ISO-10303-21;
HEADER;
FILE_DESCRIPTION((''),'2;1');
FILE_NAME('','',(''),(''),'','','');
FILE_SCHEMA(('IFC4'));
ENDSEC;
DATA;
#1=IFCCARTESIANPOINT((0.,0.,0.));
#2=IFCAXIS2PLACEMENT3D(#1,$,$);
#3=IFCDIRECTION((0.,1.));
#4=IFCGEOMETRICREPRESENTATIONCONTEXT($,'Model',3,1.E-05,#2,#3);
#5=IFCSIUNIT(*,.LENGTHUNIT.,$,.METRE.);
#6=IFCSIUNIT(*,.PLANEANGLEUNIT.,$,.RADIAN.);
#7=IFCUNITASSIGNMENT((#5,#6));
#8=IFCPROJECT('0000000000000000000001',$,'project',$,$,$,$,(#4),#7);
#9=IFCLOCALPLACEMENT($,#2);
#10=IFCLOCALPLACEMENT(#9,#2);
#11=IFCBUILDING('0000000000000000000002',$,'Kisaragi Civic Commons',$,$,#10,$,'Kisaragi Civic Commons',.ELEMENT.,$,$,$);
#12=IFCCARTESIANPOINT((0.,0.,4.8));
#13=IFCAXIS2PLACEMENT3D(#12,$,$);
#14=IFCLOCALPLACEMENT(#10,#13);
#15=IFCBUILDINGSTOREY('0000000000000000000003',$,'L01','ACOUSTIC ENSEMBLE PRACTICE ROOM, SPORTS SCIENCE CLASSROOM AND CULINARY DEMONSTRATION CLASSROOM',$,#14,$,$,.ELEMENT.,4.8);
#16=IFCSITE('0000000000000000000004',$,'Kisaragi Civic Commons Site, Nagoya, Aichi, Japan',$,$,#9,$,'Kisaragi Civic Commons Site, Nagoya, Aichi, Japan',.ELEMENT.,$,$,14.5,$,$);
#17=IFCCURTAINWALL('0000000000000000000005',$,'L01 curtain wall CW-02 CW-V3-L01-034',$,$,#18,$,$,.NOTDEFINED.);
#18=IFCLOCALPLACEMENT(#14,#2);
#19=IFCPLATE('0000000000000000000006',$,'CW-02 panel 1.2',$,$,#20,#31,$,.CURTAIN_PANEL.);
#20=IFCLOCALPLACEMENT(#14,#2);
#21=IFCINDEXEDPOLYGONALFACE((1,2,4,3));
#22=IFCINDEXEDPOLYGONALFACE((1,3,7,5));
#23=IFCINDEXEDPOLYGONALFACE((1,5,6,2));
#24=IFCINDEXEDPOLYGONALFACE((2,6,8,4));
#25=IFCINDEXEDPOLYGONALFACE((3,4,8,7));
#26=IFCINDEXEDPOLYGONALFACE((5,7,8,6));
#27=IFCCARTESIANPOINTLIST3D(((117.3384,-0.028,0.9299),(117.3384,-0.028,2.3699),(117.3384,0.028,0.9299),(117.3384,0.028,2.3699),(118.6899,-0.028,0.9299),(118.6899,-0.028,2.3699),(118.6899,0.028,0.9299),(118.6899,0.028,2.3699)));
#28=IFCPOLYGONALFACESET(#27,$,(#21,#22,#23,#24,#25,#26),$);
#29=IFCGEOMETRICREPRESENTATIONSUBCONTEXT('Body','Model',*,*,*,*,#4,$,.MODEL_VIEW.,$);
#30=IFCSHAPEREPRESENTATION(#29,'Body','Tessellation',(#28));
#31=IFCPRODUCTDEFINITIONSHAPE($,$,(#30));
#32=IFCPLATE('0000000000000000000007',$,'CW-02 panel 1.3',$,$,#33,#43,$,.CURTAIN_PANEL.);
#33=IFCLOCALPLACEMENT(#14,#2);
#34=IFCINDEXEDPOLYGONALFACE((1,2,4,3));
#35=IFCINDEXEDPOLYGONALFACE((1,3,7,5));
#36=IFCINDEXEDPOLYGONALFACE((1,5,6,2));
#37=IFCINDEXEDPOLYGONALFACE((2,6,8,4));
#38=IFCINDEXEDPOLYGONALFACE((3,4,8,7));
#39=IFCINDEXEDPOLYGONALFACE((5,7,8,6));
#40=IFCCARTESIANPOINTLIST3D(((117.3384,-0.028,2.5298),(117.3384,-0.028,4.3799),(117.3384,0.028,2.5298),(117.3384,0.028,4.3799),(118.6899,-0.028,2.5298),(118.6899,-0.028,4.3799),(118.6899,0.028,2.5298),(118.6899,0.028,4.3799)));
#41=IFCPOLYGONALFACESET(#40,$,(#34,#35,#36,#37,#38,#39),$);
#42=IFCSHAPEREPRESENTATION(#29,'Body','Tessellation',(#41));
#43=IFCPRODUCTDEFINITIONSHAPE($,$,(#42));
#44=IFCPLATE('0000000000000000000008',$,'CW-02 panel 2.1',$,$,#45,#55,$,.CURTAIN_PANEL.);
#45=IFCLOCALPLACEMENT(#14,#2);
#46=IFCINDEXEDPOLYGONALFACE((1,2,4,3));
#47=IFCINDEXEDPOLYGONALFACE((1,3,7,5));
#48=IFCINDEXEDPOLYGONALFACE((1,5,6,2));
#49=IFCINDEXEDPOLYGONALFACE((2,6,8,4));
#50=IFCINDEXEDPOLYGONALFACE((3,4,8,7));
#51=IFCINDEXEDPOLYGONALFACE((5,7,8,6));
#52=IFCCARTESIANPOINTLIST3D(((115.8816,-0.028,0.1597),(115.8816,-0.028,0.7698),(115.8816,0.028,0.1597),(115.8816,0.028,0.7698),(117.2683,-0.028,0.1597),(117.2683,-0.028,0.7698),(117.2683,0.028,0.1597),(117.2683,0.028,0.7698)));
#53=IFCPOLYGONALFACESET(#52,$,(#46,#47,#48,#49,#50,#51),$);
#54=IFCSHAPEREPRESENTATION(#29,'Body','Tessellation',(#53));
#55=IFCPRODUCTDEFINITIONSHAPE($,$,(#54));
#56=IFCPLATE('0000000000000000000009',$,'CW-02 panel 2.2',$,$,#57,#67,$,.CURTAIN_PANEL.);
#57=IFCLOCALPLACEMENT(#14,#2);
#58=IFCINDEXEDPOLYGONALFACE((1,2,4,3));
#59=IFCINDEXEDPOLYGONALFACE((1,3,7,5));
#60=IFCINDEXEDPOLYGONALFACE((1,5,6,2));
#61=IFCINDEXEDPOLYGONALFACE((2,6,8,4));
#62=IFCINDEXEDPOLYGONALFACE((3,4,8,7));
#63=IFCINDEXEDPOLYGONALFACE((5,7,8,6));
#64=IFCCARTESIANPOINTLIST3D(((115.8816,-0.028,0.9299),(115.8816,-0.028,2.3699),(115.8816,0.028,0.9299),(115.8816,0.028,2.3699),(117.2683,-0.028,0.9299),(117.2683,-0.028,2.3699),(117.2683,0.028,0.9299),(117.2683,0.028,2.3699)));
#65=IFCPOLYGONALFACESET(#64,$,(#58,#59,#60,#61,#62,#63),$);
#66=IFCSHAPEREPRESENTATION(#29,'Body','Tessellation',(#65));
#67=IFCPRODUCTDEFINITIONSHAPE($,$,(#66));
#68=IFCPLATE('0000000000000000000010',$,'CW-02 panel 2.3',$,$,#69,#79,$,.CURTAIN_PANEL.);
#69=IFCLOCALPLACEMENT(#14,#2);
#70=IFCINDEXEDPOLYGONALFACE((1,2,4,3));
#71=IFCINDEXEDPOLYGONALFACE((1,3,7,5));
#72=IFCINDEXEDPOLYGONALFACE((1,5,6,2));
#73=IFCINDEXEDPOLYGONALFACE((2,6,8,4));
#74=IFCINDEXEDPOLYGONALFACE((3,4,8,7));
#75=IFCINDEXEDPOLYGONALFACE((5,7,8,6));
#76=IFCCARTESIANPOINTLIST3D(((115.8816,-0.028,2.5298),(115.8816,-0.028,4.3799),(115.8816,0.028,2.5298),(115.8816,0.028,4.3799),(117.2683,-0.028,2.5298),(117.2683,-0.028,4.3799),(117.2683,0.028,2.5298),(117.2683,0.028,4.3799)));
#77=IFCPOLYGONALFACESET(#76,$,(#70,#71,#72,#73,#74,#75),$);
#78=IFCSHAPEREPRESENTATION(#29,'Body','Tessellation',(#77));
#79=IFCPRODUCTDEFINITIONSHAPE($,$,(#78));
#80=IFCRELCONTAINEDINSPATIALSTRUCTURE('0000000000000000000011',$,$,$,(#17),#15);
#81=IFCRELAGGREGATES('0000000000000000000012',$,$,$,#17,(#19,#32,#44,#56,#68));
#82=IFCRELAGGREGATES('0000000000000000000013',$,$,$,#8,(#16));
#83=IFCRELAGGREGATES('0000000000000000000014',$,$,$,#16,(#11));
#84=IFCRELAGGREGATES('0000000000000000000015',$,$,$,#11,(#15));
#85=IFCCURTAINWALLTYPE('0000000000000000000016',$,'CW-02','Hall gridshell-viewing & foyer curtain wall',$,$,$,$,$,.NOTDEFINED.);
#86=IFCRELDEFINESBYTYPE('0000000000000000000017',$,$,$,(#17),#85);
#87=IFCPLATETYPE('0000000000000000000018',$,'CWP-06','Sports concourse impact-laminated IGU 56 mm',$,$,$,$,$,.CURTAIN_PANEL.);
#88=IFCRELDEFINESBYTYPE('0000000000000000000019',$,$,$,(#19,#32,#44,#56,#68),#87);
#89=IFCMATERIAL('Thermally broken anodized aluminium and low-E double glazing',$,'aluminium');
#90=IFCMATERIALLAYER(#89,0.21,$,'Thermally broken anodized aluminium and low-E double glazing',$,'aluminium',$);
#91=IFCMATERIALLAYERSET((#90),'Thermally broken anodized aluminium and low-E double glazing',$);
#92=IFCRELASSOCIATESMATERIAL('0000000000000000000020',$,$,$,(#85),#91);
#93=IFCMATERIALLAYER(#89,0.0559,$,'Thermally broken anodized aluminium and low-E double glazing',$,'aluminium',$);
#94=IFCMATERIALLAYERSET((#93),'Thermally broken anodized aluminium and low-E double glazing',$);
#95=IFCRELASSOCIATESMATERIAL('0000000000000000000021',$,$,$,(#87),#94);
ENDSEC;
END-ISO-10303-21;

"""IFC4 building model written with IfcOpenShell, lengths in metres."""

from ifc_helpers import new_model, si_unit, direction, frame, origin, origin_2d, place, context, subcontext, project, spatial, rectangle, extrude, material, layer, layer_set, type_object, element, aggregate, save


model = new_model("IFC4")

# Units and contexts
model_context = context("Model", 3, precision=1e-05, world=origin(), true_north=direction((0.0, 1.0)))
body_context = subcontext(model_context, "Body", "Model", "MODEL_VIEW")
ifc_project = project(units=[si_unit("LENGTHUNIT", "METRE"), si_unit("PLANEANGLEUNIT", "RADIAN")], contexts=[model_context])

# Site, building, storey
site_placement = place(None, origin())
site = spatial("IfcSite", under=ifc_project, at=site_placement, Name="Kisaragi Civic Commons Site, Nagoya, Aichi, Japan", LongName="Kisaragi Civic Commons Site, Nagoya, Aichi, Japan", CompositionType="ELEMENT", RefElevation=14.5)
building_placement = place(site_placement, origin())
building = spatial("IfcBuilding", under=site, at=building_placement, Name="Kisaragi Civic Commons", LongName="Kisaragi Civic Commons", CompositionType="ELEMENT")
storey_placement = place(building_placement, frame((0.0, 0.0, 4.8)))
storey = spatial("IfcBuildingStorey", under=building, at=storey_placement, Name="L01", Description="ACOUSTIC ENSEMBLE PRACTICE ROOM, SPORTS SCIENCE CLASSROOM AND CULINARY DEMONSTRATION CLASSROOM", CompositionType="ELEMENT", Elevation=4.8)

# Shared definitions
ifc_material = material(Name="Thermally broken anodized aluminium and low-E double glazing", Category="aluminium")
ifc_layer_1 = layer(ifc_material, 0.21, Name="Thermally broken anodized aluminium and low-E double glazing", Category="aluminium")
ifc_layer_set_1 = layer_set([ifc_layer_1], Name="Thermally broken anodized aluminium and low-E double glazing")
curtain_wall_type = type_object("IfcCurtainWallType", Name="CW-02", Description="Hall gridshell-viewing & foyer curtain wall", PredefinedType="NOTDEFINED", material=ifc_layer_set_1)

# Curtain wall
curtain_wall_1_placement = place(storey_placement, origin())
curtain_wall_1 = element("IfcCurtainWall", 1, at=curtain_wall_1_placement, inside=storey, type_object=curtain_wall_type, Name="L01 curtain wall CW-02 CW-V3-L01-034", PredefinedType="NOTDEFINED")

# Plates
ifc_layer_2 = layer(ifc_material, 0.0559, Name="Thermally broken anodized aluminium and low-E double glazing", Category="aluminium")
ifc_layer_set_2 = layer_set([ifc_layer_2], Name="Thermally broken anodized aluminium and low-E double glazing")
plate_type_1 = type_object("IfcPlateType", Name="CWP-06", Description="Sports concourse impact-laminated IGU 56 mm", PredefinedType="CURTAIN_PANEL", material=ifc_layer_set_2)
plate_1_placement = place(storey_placement, frame((118.0142, 0.0, 0.9299), z_axis=(0.0, 0.0, 1.0), x_axis=(-1.0, 0.0, 0.0)))
plate_1 = element("IfcPlate", 2, at=plate_1_placement, type_object=plate_type_1, Name="CW-02 panel 1.2", PredefinedType="CURTAIN_PANEL", context=body_context, shape_type="SweptSolid", body=[
    extrude(rectangle(XDim=1.3516, YDim=0.0559, at=origin_2d()), origin(), (0.0, 0.0, 1.0), 1.4399),
])
plate_2_placement = place(storey_placement, frame((118.0142, 0.0, 2.5298), z_axis=(0.0, 0.0, 1.0), x_axis=(-1.0, 0.0, 0.0)))
plate_2 = element("IfcPlate", 3, at=plate_2_placement, type_object=plate_type_1, Name="CW-02 panel 1.3", PredefinedType="CURTAIN_PANEL", context=body_context, shape_type="SweptSolid", body=[
    extrude(rectangle(XDim=1.3516, YDim=0.0559, at=origin_2d()), origin(), (0.0, 0.0, 1.0), 1.8501),
])
plate_3_placement = place(storey_placement, frame((116.575, 0.0, 0.1597), z_axis=(0.0, 0.0, 1.0), x_axis=(-1.0, 0.0, 0.0)))
plate_3 = element("IfcPlate", 4, at=plate_3_placement, type_object=plate_type_1, Name="CW-02 panel 2.1", PredefinedType="CURTAIN_PANEL", context=body_context, shape_type="SweptSolid", body=[
    extrude(rectangle(XDim=1.3867, YDim=0.0559, at=origin_2d()), origin(), (0.0, 0.0, 1.0), 0.6101),
])
plate_4_placement = place(storey_placement, frame((116.575, 0.0, 0.9299), z_axis=(0.0, 0.0, 1.0), x_axis=(-1.0, 0.0, 0.0)))
plate_4 = element("IfcPlate", 5, at=plate_4_placement, type_object=plate_type_1, Name="CW-02 panel 2.2", PredefinedType="CURTAIN_PANEL", context=body_context, shape_type="SweptSolid", body=[
    extrude(rectangle(XDim=1.3867, YDim=0.0559, at=origin_2d()), origin(), (0.0, 0.0, 1.0), 1.4399),
])
plate_5_placement = place(storey_placement, frame((116.575, 0.0, 2.5298), z_axis=(0.0, 0.0, 1.0), x_axis=(-1.0, 0.0, 0.0)))
plate_5 = element("IfcPlate", 6, at=plate_5_placement, type_object=plate_type_1, Name="CW-02 panel 2.3", PredefinedType="CURTAIN_PANEL", context=body_context, shape_type="SweptSolid", body=[
    extrude(rectangle(XDim=1.3867, YDim=0.0559, at=origin_2d()), origin(), (0.0, 0.0, 1.0), 1.8501),
])
aggregate(curtain_wall_1, [plate_1, plate_2, plate_3, plate_4, plate_5])

save(model, "model.ifc")
